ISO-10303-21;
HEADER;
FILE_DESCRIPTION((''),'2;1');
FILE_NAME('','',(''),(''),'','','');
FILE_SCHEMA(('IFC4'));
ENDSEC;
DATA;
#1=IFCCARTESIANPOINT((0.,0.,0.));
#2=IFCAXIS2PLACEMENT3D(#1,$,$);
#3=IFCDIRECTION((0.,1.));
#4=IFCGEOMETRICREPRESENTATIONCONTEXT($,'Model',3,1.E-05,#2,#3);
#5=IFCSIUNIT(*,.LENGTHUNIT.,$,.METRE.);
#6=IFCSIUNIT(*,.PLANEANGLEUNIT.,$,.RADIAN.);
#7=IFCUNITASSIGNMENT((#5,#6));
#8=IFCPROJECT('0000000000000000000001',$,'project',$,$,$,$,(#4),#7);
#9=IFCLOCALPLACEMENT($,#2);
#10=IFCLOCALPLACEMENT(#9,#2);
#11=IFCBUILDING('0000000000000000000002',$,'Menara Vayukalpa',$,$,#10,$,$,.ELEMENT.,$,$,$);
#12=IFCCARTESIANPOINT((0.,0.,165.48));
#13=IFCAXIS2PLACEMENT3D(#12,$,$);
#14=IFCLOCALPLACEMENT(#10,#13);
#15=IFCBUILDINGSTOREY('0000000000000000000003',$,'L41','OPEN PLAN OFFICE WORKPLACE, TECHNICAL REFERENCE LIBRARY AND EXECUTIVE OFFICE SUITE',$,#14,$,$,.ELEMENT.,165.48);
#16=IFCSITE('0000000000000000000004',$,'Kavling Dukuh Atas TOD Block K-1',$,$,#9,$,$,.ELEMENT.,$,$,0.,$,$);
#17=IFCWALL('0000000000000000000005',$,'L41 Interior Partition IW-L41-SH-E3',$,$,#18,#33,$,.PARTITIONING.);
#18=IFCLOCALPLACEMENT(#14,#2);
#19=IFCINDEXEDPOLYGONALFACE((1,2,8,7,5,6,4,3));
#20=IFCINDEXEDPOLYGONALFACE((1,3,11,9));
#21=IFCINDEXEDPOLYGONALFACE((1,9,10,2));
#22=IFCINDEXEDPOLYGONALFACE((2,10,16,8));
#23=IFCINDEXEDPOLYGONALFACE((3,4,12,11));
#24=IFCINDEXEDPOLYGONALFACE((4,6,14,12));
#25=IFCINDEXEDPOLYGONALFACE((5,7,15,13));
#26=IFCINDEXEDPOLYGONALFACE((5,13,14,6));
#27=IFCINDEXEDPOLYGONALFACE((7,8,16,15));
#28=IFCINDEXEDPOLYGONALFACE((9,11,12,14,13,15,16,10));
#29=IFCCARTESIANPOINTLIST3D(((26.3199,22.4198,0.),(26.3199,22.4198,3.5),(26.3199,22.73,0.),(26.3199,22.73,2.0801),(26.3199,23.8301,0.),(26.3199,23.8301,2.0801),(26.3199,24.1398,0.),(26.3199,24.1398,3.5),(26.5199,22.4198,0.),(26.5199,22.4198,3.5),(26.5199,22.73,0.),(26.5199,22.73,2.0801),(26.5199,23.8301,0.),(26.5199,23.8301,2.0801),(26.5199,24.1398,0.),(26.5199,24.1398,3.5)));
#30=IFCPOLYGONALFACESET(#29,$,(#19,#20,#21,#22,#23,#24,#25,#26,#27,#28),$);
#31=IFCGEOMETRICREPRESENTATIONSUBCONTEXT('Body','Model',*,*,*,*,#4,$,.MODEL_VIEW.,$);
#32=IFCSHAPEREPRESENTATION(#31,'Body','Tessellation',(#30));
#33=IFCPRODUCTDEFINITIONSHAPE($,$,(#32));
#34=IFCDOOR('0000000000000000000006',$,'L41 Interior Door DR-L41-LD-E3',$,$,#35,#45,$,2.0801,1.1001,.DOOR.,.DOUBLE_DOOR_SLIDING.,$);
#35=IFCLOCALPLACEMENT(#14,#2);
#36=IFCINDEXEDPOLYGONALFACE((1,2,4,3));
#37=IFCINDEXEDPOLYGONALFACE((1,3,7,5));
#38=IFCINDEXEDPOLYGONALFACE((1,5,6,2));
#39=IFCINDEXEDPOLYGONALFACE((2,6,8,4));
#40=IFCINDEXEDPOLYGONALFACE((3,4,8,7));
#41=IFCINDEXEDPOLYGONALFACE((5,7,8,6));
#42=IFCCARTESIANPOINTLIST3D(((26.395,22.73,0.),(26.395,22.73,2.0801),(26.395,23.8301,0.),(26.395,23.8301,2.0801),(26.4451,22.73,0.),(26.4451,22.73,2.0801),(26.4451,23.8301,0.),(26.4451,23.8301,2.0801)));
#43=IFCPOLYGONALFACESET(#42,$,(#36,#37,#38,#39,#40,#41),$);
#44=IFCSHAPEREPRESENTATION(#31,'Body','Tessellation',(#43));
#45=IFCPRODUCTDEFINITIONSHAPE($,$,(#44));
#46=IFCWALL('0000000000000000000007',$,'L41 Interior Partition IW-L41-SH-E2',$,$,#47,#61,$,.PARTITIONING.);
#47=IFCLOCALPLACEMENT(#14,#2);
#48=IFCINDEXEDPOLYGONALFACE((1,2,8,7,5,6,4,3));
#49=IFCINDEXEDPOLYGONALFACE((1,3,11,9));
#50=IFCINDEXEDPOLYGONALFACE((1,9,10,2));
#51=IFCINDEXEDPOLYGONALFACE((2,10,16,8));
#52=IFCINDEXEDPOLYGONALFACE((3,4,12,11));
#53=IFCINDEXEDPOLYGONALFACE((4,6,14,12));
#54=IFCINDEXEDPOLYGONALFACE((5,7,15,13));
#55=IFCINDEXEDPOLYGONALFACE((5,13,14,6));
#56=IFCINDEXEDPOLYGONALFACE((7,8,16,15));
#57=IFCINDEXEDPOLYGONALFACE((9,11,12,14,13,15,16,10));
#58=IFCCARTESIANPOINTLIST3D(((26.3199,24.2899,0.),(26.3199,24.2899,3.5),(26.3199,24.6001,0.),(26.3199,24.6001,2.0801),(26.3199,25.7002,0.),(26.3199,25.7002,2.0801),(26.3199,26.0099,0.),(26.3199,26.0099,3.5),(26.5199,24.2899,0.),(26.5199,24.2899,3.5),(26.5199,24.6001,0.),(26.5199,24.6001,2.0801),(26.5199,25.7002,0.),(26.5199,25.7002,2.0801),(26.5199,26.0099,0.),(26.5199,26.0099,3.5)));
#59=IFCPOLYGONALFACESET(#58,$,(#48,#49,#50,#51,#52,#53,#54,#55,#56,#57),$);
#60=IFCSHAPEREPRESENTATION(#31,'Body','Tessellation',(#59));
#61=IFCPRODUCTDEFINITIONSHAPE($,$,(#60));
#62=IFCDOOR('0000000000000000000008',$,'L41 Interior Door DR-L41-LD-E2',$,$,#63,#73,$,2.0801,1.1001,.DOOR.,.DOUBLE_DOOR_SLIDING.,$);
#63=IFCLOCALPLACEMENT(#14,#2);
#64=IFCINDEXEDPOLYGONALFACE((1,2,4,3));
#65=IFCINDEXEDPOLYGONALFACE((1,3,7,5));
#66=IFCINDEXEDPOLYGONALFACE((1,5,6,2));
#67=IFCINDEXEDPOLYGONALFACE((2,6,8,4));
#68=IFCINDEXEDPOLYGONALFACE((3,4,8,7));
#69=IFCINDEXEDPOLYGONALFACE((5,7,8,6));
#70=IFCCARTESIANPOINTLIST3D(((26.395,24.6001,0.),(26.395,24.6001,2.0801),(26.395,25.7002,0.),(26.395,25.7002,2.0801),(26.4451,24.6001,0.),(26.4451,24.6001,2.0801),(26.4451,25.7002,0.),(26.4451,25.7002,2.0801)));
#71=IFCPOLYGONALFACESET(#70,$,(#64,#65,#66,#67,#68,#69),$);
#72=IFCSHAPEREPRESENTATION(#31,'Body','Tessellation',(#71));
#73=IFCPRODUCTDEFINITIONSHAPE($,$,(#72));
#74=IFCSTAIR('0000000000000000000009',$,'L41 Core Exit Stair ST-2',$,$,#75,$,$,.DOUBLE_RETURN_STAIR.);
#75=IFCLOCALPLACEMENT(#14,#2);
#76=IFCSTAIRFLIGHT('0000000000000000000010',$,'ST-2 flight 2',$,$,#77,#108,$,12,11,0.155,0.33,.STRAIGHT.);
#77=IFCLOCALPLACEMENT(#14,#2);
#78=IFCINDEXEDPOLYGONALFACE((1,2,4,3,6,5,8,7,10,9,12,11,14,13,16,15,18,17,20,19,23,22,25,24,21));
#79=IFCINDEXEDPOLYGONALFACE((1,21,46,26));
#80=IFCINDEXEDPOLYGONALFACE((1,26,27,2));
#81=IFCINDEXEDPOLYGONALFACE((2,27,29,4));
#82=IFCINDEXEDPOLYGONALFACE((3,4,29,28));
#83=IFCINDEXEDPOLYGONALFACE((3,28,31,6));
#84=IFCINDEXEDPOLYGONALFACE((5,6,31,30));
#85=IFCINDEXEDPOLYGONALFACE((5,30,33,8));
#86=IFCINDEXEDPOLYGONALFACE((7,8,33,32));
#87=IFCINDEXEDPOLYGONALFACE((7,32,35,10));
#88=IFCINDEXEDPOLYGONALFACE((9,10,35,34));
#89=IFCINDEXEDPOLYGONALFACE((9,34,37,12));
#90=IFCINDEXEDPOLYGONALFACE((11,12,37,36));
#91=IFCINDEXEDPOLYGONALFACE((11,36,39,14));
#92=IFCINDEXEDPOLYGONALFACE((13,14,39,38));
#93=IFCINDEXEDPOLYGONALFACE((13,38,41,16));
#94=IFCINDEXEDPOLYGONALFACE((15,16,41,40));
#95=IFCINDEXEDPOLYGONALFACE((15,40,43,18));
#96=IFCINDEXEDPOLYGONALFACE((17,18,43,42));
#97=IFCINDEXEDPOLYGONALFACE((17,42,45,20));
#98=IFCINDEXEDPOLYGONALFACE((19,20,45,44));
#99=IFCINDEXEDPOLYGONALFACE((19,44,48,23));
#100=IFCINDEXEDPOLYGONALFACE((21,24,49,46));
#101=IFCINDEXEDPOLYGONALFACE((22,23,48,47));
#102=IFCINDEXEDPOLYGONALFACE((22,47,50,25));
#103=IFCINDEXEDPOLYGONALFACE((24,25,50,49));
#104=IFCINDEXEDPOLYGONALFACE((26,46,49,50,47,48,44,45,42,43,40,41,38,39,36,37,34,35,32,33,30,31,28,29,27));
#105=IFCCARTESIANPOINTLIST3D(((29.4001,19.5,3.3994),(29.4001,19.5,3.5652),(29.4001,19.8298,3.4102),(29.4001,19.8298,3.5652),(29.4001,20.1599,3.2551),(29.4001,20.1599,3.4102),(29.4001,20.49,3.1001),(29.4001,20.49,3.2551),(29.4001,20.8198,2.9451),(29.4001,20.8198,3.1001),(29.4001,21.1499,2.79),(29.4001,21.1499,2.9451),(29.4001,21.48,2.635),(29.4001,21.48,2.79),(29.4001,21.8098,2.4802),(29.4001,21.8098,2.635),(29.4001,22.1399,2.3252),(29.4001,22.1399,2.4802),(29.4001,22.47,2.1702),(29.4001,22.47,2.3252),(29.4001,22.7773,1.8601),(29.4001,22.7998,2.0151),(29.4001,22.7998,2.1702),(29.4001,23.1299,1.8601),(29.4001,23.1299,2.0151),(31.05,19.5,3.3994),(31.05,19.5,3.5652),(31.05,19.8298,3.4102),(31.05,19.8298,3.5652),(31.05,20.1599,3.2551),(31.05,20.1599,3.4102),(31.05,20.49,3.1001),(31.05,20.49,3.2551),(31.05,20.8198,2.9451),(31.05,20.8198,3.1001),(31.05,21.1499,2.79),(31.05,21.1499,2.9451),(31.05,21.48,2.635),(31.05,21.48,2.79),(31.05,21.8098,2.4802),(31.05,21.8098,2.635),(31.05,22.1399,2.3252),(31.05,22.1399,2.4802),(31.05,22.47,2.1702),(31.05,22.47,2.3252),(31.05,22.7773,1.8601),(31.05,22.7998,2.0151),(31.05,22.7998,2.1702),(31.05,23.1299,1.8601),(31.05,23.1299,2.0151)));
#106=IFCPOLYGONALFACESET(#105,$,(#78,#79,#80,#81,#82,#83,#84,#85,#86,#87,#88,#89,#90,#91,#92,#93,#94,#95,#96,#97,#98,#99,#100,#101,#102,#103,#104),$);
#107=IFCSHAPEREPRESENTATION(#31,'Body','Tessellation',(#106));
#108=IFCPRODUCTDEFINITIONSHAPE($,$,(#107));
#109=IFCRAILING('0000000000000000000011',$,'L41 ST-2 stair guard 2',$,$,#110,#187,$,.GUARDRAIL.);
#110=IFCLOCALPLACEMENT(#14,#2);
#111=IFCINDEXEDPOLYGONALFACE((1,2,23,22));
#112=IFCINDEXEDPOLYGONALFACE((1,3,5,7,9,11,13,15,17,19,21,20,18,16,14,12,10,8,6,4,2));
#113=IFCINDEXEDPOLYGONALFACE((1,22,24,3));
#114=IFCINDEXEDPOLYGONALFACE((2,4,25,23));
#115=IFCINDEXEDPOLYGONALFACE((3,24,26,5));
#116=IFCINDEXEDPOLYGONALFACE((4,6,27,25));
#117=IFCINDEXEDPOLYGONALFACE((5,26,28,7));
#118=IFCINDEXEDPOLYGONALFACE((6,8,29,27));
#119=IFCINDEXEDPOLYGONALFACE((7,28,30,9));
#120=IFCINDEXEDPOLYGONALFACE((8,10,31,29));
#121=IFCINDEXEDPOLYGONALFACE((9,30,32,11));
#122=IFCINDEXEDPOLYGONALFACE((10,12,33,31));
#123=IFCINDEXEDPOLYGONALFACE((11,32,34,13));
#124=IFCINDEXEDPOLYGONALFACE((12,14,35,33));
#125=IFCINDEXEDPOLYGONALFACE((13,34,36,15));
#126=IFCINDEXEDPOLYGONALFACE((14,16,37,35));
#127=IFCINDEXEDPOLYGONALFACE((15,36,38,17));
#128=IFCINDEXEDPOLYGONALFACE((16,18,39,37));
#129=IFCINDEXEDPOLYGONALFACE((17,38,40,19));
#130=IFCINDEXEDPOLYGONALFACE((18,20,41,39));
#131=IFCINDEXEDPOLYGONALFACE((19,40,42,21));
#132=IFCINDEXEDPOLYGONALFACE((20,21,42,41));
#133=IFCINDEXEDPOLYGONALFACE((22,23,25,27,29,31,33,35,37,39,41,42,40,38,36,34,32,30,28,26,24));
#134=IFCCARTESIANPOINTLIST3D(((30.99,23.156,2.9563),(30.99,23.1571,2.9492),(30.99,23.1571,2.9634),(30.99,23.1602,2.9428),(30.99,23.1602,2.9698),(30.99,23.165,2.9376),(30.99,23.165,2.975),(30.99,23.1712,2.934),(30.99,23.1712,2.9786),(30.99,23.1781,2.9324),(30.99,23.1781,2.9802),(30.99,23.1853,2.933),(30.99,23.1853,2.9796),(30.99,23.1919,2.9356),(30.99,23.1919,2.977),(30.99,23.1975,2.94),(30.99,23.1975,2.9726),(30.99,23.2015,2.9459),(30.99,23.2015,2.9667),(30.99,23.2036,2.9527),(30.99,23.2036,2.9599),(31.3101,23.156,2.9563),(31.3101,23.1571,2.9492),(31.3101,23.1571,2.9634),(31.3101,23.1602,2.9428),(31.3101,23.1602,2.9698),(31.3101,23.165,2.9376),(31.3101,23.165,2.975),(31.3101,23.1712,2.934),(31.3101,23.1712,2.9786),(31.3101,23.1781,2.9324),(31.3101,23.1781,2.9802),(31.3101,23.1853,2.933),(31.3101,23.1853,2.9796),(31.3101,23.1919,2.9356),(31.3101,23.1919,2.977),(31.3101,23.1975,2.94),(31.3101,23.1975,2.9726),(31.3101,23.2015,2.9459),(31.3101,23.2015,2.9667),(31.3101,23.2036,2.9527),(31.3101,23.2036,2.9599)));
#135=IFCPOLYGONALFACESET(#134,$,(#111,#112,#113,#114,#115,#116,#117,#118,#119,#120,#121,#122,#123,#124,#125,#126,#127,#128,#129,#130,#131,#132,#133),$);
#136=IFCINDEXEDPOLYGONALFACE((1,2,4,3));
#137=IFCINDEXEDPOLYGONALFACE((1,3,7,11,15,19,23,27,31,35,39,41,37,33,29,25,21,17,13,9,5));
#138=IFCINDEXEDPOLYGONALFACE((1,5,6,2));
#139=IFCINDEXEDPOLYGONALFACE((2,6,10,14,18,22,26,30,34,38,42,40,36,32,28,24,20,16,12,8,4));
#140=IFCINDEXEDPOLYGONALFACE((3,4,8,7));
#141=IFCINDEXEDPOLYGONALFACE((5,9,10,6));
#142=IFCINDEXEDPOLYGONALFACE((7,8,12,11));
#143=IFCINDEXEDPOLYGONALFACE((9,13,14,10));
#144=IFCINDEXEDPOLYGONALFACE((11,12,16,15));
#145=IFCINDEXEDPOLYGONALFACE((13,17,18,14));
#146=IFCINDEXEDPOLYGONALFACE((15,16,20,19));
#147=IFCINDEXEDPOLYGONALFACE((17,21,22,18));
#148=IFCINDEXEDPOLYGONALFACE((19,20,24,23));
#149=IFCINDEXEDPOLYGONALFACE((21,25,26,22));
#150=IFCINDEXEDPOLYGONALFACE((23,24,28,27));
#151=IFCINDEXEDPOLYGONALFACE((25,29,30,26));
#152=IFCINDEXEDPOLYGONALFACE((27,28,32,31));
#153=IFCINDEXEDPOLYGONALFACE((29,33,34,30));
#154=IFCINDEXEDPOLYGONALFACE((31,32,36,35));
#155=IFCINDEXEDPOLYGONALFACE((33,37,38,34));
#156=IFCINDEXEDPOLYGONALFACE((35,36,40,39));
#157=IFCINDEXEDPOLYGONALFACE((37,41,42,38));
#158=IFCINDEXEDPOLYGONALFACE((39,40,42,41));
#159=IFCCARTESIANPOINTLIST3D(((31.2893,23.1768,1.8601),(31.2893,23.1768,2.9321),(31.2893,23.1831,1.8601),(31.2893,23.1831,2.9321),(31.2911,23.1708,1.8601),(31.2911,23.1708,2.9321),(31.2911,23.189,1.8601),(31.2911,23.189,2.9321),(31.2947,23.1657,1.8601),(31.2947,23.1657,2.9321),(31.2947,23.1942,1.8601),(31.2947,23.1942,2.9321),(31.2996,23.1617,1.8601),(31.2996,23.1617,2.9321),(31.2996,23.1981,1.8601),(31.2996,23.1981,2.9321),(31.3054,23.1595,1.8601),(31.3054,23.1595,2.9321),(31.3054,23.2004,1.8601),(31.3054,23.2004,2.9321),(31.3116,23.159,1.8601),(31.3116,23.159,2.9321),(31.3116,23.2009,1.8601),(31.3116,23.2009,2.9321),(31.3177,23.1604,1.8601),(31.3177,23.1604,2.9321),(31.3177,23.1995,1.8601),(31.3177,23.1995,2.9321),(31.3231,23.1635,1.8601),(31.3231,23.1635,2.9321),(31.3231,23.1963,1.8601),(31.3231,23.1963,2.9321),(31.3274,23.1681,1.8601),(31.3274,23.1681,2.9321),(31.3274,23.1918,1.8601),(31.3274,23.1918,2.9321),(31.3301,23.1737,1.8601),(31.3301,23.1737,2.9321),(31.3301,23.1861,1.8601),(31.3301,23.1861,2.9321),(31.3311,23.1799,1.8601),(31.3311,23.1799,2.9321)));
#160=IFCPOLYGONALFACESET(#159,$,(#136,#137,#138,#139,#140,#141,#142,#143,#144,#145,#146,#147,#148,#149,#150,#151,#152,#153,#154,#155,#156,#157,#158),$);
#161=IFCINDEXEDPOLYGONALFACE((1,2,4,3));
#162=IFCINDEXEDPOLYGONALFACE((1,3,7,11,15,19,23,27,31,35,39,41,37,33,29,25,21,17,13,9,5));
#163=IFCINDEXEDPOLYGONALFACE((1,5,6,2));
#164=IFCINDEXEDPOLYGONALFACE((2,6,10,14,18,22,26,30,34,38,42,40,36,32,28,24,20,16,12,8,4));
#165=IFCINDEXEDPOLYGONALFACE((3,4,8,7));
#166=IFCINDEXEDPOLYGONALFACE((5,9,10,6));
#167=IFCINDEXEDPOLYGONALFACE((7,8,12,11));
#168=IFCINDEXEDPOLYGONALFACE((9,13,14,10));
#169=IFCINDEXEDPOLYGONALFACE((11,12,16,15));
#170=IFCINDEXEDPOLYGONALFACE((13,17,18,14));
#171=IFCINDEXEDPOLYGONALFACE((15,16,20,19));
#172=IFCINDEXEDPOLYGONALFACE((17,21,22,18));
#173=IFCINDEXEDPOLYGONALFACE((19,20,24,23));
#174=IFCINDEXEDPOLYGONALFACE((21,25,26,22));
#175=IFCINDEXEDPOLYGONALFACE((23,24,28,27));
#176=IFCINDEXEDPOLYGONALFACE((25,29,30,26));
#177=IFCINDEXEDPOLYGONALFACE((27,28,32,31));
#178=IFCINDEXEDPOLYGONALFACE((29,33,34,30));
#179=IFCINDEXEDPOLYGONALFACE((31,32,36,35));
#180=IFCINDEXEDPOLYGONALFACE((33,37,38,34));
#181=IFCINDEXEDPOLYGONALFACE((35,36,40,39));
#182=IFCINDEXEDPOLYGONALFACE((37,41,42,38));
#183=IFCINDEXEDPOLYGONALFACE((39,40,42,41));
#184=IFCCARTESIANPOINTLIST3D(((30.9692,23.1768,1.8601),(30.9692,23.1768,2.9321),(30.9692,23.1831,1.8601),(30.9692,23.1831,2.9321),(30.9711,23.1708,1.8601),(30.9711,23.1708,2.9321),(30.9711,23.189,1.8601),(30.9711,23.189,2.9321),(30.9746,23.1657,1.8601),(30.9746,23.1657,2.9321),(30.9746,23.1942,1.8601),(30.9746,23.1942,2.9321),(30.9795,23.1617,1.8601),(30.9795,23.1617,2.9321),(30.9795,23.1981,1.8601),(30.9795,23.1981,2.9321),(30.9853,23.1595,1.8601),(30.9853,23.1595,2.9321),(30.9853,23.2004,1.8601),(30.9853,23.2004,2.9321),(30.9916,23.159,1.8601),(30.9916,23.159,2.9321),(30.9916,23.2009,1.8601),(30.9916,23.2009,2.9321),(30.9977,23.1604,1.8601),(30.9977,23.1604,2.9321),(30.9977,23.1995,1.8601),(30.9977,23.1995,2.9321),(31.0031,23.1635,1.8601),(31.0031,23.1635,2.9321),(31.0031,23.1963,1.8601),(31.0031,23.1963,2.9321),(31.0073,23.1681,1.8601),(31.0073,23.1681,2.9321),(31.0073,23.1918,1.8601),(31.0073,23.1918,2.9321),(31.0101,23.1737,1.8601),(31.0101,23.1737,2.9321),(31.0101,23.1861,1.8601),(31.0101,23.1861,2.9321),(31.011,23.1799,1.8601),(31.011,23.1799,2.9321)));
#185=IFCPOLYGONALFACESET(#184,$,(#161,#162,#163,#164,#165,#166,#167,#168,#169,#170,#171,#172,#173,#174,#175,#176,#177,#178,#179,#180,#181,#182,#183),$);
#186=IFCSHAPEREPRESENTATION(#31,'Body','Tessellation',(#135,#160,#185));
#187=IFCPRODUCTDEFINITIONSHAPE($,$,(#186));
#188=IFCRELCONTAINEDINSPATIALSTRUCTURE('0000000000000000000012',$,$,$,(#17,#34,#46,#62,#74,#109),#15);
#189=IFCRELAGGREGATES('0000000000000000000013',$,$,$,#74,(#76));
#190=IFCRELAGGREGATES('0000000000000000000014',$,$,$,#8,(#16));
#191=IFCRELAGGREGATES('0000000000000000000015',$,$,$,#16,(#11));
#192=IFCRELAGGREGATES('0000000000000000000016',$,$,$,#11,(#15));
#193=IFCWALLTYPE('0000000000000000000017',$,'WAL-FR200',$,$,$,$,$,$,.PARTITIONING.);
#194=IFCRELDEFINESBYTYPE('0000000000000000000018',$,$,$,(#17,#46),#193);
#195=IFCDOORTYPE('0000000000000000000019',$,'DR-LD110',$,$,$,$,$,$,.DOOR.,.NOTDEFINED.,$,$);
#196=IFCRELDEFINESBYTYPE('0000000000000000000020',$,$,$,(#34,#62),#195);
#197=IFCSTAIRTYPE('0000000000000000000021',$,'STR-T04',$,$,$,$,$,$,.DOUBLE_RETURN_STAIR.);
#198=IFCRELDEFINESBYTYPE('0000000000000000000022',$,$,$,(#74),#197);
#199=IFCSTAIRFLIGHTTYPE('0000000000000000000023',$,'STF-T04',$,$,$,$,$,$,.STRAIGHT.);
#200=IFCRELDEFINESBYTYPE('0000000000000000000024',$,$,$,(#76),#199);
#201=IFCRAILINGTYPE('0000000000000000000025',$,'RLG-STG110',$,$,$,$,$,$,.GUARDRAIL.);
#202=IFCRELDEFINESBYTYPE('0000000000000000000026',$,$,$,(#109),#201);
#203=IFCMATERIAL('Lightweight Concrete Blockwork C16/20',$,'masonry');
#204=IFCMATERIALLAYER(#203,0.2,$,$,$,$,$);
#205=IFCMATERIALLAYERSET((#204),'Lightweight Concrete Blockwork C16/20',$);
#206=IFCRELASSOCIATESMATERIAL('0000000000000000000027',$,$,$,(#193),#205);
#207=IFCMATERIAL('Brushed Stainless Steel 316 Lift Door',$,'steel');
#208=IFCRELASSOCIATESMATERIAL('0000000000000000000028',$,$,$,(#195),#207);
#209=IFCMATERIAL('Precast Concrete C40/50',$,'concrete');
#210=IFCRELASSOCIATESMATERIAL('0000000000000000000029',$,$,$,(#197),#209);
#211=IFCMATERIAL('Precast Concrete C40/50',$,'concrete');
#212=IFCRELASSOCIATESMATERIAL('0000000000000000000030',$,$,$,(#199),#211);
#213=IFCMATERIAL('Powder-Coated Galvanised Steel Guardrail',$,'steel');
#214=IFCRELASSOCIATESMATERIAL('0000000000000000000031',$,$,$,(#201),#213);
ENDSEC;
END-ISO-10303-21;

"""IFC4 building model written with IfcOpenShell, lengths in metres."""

from ifc_helpers import new_model, si_unit, direction, frame, frame_2d, origin, origin_2d, place, context, subcontext, project, spatial, polyline, rectangle, circle, outline, extrude, material, layer, layer_set, type_object, element, fill, aggregate, save


model = new_model("IFC4")

# Units and contexts
model_context = context("Model", 3, precision=1e-05, world=origin(), true_north=direction((0.0, 1.0)))
body_context = subcontext(model_context, "Body", "Model", "MODEL_VIEW")
ifc_project = project(units=[si_unit("LENGTHUNIT", "METRE"), si_unit("PLANEANGLEUNIT", "RADIAN")], contexts=[model_context])

# Site, building, storey
site_placement = place(None, origin())
site = spatial("IfcSite", under=ifc_project, at=site_placement, Name="Kavling Dukuh Atas TOD Block K-1", CompositionType="ELEMENT", RefElevation=0.0)
building_placement = place(site_placement, origin())
building = spatial("IfcBuilding", under=site, at=building_placement, Name="Menara Vayukalpa", CompositionType="ELEMENT")
storey_placement = place(building_placement, frame((0.0, 0.0, 165.48)))
storey = spatial("IfcBuildingStorey", under=building, at=storey_placement, Name="L41", Description="OPEN PLAN OFFICE WORKPLACE, TECHNICAL REFERENCE LIBRARY AND EXECUTIVE OFFICE SUITE", CompositionType="ELEMENT", Elevation=165.48)

# Walls, openings, doors
ifc_material_1 = material(Name="Lightweight Concrete Blockwork C16/20", Category="masonry")
ifc_layer_1 = layer(ifc_material_1, 0.2)
ifc_layer_set_1 = layer_set([ifc_layer_1], Name="Lightweight Concrete Blockwork C16/20")
wall_type_1 = type_object("IfcWallType", Name="WAL-FR200", PredefinedType="PARTITIONING", material=ifc_layer_set_1)
ifc_material_2 = material(Name="Brushed Stainless Steel 316 Lift Door", Category="steel")
door_type_1 = type_object("IfcDoorType", Name="DR-LD110", OperationType="NOTDEFINED", PredefinedType="DOOR", material=ifc_material_2)
wall_1_placement = place(storey_placement, frame((26.4199, 22.4199, 0.0), z_axis=(0.0, 0.0, 1.0), x_axis=(0.0, 1.0, 0.0)))
wall_1 = element("IfcWall", 1, at=wall_1_placement, inside=storey, type_object=wall_type_1, Name="L41 Interior Partition IW-L41-SH-E3", PredefinedType="PARTITIONING", context=body_context, shape_type="SweptSolid", body=[
    extrude(rectangle(XDim=1.72, YDim=0.2, at=frame_2d((0.8599, 0.0))), origin(), (0.0, 0.0, 1.0), 3.5),
])
opening_1_placement = place(wall_1_placement, frame((0.3101, 0.0, 0.0)))
opening_1 = element("IfcOpeningElement", 2, at=opening_1_placement, cuts=wall_1, PredefinedType="OPENING", context=body_context, shape_type="SweptSolid", body=[
    extrude(rectangle(XDim=1.1001, YDim=2.0801, at=frame_2d((0.55, 1.04))), frame((0.0, 0.1099, 0.0), z_axis=(0.0, -1.0, 0.0), x_axis=(1.0, 0.0, 0.0)), (0.0, 0.0, 1.0), 0.22),
])
door_1_placement = place(opening_1_placement, origin())
door_1 = element("IfcDoor", 3, at=door_1_placement, inside=storey, type_object=door_type_1, Name="L41 Interior Door DR-L41-LD-E3", OperationType="DOUBLE_DOOR_SLIDING", OverallHeight=2.0801, OverallWidth=1.1001, PredefinedType="DOOR", context=body_context, shape_type="SweptSolid", body=[
    extrude(rectangle(XDim=1.1001, YDim=2.0801, at=frame_2d((0.55, 1.04))), frame((0.0, 0.0249, 0.0), z_axis=(0.0, -1.0, 0.0), x_axis=(1.0, 0.0, 0.0)), (0.0, 0.0, 1.0), 0.05),
])
fill(opening_1, door_1)
wall_2_placement = place(storey_placement, frame((26.4199, 24.29, 0.0), z_axis=(0.0, 0.0, 1.0), x_axis=(0.0, 1.0, 0.0)))
wall_2 = element("IfcWall", 4, at=wall_2_placement, inside=storey, type_object=wall_type_1, Name="L41 Interior Partition IW-L41-SH-E2", PredefinedType="PARTITIONING", context=body_context, shape_type="SweptSolid", body=[
    extrude(rectangle(XDim=1.72, YDim=0.2, at=frame_2d((0.8599, 0.0))), origin(), (0.0, 0.0, 1.0), 3.5),
])
opening_2_placement = place(wall_2_placement, frame((0.3101, 0.0, 0.0)))
opening_2 = element("IfcOpeningElement", 5, at=opening_2_placement, cuts=wall_2, PredefinedType="OPENING", context=body_context, shape_type="SweptSolid", body=[
    extrude(rectangle(XDim=1.1001, YDim=2.0801, at=frame_2d((0.55, 1.04))), frame((0.0, 0.1099, 0.0), z_axis=(0.0, -1.0, 0.0), x_axis=(1.0, 0.0, 0.0)), (0.0, 0.0, 1.0), 0.22),
])
door_2_placement = place(opening_2_placement, origin())
door_2 = element("IfcDoor", 6, at=door_2_placement, inside=storey, type_object=door_type_1, Name="L41 Interior Door DR-L41-LD-E2", OperationType="DOUBLE_DOOR_SLIDING", OverallHeight=2.0801, OverallWidth=1.1001, PredefinedType="DOOR", context=body_context, shape_type="SweptSolid", body=[
    extrude(rectangle(XDim=1.1001, YDim=2.0801, at=frame_2d((0.55, 1.04))), frame((0.0, 0.0249, 0.0), z_axis=(0.0, -1.0, 0.0), x_axis=(1.0, 0.0, 0.0)), (0.0, 0.0, 1.0), 0.05),
])
fill(opening_2, door_2)

# Stair, stair flight
ifc_material_3 = material(Name="Precast Concrete C40/50", Category="concrete")
stair_type = type_object("IfcStairType", Name="STR-T04", PredefinedType="DOUBLE_RETURN_STAIR", material=ifc_material_3)
stair_placement = place(storey_placement, origin())
stair = element("IfcStair", 7, at=stair_placement, inside=storey, type_object=stair_type, Name="L41 Core Exit Stair ST-2", PredefinedType="DOUBLE_RETURN_STAIR")
ifc_material_4 = material(Name="Precast Concrete C40/50", Category="concrete")
stair_flight_type = type_object("IfcStairFlightType", Name="STF-T04", PredefinedType="STRAIGHT", material=ifc_material_4)
stair_flight_placement = place(storey_placement, frame((30.2251, 23.1299, 1.8601), z_axis=(0.0, 0.0, 1.0), x_axis=(0.0, -1.0, 0.0)))
stair_flight = element("IfcStairFlight", 8, at=stair_flight_placement, type_object=stair_flight_type, Name="ST-2 flight 2", NumberOfRisers=12, NumberOfTreads=11, PredefinedType="STRAIGHT", RiserHeight=0.155, TreadLength=0.33, context=body_context, shape_type="SweptSolid", body=[
    extrude(outline(polyline([(0.0, 0.0), (0.0, 0.155), (0.3301, 0.155), (0.3301, 0.3101), (0.6599, 0.3101), (0.6599, 0.4651), (0.99, 0.4651), (0.99, 0.6201), (1.3201, 0.6201), (1.3201, 0.7749), (1.6499, 0.7749), (1.6499, 0.9299), (1.98, 0.9299), (1.98, 1.085), (2.3101, 1.085), (2.3101, 1.24), (2.6399, 1.24), (2.6399, 1.395), (2.97, 1.395), (2.97, 1.55), (3.3, 1.55), (3.3, 1.7051), (3.6299, 1.7051), (3.6299, 1.8601), (3.6299, 1.5393), (0.3525, 0.0), (0.0, 0.0)])), frame((0.0, 0.825, 0.0), z_axis=(0.0, -1.0, 0.0), x_axis=(1.0, 0.0, 0.0)), (0.0, 0.0, 1.0), 1.6499),
])
aggregate(stair, [stair_flight])

# Railing
ifc_material_5 = material(Name="Powder-Coated Galvanised Steel Guardrail", Category="steel")
railing_type_1 = type_object("IfcRailingType", Name="RLG-STG110", PredefinedType="GUARDRAIL", material=ifc_material_5)
railing_1_placement = place(storey_placement, frame((31.3101, 23.1799, 1.8601)))
element("IfcRailing", 9, at=railing_1_placement, inside=storey, type_object=railing_type_1, Name="L41 ST-2 stair guard 2", PredefinedType="GUARDRAIL", context=body_context, shape_type="SweptSolid", body=[
    extrude(circle(Radius=0.0239, at=origin_2d()), frame((0.0, 0.0, 1.0962), z_axis=(-1.0, 0.0, 0.0), x_axis=(0.0, -1.0, 0.0)), (0.0, 0.0, 1.0), 0.3201),
    extrude(circle(Radius=0.021, at=origin_2d()), origin(), (0.0, 0.0, 1.0), 1.072),
    extrude(circle(Radius=0.021, at=origin_2d()), frame((-0.3201, 0.0, 0.0)), (0.0, 0.0, 1.0), 1.072),
])

save(model, "model.ifc")
